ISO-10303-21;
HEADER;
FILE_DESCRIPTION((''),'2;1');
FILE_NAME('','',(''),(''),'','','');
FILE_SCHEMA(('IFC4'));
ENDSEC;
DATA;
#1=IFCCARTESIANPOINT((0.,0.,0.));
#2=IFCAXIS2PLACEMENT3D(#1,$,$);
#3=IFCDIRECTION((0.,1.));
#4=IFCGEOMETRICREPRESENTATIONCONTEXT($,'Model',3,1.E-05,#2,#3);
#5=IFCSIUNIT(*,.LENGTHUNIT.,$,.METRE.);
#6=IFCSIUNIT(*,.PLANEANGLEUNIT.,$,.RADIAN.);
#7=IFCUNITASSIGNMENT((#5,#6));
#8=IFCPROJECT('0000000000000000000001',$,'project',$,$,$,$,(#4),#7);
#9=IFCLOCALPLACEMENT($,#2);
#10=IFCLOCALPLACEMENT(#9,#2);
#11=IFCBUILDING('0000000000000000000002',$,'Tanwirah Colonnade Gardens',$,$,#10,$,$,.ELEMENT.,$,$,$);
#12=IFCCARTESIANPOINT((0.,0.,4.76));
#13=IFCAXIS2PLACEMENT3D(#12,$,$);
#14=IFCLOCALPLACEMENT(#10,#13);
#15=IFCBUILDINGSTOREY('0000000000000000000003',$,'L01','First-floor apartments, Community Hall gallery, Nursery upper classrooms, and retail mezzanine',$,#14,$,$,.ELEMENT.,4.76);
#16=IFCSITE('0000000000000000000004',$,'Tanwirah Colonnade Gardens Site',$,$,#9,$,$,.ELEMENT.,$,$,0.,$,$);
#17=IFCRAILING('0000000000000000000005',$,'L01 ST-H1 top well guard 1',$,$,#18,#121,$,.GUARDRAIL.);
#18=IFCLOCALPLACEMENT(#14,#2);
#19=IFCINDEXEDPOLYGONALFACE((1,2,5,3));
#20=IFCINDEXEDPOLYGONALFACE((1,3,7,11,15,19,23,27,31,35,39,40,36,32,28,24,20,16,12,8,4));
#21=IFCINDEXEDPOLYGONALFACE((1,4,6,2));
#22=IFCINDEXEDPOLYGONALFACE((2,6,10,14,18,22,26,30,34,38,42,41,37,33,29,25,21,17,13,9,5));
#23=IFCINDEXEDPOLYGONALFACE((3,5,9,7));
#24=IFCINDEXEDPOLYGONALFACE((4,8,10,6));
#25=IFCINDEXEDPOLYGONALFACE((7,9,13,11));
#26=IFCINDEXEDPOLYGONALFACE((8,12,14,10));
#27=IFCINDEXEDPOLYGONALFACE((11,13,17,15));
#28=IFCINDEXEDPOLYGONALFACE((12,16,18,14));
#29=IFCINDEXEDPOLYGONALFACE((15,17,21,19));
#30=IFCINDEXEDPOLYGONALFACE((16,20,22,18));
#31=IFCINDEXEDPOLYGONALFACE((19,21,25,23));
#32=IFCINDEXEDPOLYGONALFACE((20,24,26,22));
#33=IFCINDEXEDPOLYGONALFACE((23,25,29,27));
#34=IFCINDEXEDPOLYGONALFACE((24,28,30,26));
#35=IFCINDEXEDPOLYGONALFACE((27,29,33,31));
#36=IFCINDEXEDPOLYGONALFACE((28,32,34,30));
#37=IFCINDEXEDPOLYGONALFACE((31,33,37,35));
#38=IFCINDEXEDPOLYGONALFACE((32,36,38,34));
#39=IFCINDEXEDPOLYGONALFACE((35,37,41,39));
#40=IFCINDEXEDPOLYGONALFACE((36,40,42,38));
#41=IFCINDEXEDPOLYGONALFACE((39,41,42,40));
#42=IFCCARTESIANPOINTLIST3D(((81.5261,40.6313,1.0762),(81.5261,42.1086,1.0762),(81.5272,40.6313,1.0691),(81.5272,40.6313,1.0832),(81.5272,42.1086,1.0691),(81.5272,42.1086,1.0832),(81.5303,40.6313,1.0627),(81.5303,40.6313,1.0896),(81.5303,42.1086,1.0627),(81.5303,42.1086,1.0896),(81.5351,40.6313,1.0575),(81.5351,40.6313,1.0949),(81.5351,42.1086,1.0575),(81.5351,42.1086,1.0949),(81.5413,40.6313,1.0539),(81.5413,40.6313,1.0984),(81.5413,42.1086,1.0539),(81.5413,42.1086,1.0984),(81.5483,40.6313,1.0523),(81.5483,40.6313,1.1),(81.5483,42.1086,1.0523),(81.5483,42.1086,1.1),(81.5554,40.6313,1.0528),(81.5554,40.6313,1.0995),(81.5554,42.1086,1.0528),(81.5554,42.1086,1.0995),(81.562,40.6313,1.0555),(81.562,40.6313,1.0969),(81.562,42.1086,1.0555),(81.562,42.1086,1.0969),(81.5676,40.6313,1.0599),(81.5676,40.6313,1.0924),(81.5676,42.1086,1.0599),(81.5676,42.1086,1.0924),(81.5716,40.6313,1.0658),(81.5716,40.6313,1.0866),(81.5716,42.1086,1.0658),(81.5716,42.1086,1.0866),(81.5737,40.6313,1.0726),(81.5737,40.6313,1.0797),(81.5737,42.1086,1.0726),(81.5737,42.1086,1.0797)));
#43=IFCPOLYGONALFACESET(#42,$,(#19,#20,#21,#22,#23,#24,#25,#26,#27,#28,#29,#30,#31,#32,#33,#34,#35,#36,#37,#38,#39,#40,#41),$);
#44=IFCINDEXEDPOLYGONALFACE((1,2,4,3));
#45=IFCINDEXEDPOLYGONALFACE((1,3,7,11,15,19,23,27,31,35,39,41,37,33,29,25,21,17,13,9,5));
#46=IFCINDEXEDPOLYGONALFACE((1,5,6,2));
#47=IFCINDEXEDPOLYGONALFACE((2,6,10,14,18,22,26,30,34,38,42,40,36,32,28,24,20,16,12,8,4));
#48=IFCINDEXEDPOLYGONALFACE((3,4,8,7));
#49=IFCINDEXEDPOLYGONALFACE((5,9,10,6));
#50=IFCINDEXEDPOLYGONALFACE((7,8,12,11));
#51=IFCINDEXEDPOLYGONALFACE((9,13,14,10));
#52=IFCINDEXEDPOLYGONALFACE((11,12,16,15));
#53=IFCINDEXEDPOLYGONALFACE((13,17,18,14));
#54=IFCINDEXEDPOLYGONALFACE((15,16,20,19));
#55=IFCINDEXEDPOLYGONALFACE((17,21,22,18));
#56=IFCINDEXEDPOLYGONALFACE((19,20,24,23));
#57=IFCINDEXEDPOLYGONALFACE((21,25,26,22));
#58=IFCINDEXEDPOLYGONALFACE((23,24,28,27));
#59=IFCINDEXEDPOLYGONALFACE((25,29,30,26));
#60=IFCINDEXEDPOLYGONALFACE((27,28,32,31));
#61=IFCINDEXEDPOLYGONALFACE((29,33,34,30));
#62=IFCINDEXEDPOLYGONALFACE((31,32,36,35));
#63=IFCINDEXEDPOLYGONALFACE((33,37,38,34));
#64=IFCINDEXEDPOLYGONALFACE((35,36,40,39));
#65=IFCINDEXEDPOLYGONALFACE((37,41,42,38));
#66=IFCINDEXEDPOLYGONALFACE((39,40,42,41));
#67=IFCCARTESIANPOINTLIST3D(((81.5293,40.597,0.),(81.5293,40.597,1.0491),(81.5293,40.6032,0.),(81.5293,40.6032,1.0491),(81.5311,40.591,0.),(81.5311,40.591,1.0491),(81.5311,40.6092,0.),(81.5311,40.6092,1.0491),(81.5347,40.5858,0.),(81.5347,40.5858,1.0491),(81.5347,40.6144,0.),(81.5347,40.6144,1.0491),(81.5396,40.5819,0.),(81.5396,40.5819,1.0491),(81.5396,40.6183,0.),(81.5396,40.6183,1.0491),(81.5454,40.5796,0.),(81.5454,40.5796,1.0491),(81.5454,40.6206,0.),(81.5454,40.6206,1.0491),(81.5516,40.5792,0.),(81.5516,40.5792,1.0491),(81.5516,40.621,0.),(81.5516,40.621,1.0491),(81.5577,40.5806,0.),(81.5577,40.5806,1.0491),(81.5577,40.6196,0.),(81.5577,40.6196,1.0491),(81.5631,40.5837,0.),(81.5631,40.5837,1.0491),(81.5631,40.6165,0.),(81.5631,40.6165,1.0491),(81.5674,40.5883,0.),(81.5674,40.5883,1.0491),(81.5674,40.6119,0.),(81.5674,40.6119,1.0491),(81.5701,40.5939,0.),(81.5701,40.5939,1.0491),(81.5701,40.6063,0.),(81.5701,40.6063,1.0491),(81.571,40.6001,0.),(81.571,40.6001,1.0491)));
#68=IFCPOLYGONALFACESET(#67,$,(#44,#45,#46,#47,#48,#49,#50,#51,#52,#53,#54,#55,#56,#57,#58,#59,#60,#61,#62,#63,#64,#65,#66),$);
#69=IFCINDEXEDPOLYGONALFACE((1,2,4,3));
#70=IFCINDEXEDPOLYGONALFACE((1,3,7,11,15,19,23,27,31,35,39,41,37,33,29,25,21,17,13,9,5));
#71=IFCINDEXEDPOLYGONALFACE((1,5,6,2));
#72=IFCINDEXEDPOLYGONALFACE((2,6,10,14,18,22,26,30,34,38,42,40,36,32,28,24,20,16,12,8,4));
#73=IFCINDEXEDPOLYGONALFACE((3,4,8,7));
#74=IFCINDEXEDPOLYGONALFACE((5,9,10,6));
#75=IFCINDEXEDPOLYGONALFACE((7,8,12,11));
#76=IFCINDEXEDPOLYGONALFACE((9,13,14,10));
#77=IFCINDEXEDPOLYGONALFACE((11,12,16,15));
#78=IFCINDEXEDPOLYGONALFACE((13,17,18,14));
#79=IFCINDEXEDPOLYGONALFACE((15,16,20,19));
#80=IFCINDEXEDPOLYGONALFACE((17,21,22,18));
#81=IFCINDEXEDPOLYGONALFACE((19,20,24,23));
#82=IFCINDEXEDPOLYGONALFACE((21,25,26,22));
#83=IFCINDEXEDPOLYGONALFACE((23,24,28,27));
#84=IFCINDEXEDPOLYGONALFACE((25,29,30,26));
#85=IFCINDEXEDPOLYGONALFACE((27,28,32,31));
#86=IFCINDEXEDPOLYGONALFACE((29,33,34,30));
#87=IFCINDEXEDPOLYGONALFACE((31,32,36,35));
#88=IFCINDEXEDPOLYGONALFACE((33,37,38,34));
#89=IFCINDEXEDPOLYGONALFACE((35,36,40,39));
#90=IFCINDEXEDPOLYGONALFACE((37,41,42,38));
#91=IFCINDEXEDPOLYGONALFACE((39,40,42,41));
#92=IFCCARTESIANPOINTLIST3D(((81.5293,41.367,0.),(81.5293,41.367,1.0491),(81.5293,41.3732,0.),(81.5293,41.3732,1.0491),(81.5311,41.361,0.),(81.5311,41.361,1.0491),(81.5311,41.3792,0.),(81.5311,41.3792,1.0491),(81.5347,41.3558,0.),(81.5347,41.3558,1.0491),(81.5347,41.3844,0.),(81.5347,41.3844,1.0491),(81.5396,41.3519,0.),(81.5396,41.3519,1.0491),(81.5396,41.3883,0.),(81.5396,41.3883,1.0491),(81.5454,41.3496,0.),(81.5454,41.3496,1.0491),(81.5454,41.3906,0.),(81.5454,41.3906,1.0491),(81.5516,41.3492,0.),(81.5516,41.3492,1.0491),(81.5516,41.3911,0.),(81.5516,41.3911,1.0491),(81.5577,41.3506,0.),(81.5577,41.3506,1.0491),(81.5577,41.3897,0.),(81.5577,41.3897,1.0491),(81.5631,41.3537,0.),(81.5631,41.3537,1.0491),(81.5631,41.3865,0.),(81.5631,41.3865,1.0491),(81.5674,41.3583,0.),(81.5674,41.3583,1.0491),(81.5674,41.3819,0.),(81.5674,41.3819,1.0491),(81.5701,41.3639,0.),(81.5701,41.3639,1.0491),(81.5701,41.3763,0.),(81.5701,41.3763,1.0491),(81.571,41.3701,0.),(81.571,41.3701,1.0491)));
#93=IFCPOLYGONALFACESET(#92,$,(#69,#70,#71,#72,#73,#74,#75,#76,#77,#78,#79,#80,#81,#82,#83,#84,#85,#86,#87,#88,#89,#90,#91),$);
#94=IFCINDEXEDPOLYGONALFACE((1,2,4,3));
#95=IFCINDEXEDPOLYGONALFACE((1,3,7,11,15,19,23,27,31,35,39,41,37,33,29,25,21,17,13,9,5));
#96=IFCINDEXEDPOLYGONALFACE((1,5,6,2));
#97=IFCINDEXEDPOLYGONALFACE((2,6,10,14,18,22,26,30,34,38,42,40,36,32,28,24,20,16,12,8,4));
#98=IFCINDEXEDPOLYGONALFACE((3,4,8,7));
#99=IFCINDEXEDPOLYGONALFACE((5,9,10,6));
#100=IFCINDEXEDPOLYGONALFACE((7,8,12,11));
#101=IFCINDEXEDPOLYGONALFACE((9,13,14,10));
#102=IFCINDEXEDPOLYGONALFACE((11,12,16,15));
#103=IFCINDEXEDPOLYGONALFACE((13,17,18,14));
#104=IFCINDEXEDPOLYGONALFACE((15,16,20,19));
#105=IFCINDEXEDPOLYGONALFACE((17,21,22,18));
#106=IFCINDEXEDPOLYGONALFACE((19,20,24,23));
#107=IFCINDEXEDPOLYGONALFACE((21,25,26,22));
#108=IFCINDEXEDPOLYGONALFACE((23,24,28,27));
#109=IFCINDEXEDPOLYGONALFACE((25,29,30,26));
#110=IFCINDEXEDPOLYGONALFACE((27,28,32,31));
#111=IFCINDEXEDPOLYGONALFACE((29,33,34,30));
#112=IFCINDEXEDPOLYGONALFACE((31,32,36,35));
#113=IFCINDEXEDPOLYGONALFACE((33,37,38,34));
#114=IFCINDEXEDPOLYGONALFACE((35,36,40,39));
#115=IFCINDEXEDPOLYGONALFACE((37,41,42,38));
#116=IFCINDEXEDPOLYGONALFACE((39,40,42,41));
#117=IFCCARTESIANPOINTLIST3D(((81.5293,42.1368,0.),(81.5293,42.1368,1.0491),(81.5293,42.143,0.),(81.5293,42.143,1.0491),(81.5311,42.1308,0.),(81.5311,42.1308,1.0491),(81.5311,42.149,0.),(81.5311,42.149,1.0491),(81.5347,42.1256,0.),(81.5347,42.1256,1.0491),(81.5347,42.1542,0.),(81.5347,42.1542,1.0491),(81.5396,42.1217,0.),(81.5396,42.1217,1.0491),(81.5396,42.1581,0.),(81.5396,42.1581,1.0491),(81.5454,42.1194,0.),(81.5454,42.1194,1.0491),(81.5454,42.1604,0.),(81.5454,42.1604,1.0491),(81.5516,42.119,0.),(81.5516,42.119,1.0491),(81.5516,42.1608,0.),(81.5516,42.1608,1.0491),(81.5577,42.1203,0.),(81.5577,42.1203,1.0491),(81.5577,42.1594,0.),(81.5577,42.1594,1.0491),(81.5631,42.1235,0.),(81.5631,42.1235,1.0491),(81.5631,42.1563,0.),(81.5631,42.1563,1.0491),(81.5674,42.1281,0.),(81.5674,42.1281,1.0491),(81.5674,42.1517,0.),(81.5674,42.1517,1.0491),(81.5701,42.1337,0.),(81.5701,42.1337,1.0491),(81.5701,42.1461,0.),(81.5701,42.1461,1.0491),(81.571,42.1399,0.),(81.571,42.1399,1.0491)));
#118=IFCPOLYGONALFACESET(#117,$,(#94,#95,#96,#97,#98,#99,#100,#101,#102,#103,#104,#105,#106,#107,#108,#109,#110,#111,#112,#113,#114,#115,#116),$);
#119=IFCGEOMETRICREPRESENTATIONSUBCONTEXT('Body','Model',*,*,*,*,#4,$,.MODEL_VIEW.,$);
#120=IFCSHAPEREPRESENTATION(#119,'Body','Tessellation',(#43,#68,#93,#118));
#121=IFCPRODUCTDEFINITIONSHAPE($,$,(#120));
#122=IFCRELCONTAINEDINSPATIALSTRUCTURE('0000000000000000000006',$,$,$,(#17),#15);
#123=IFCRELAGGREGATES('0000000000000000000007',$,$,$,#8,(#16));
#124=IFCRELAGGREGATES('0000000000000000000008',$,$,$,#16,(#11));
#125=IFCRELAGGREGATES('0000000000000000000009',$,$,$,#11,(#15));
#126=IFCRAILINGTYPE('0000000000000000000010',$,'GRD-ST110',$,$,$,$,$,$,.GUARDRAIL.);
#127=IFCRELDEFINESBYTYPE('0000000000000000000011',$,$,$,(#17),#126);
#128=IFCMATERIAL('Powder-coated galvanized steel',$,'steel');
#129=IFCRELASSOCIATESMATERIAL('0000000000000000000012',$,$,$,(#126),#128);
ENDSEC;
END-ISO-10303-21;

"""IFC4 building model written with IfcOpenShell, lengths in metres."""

from ifc_helpers import new_model, si_unit, direction, frame, origin, origin_2d, place, context, subcontext, project, spatial, circle, extrude, material, type_object, element, save


model = new_model("IFC4")

# Units and contexts
model_context = context("Model", 3, precision=1e-05, world=origin(), true_north=direction((0.0, 1.0)))
body_context = subcontext(model_context, "Body", "Model", "MODEL_VIEW")
ifc_project = project(units=[si_unit("LENGTHUNIT", "METRE"), si_unit("PLANEANGLEUNIT", "RADIAN")], contexts=[model_context])

# Site, building, storey
site_placement = place(None, origin())
site = spatial("IfcSite", under=ifc_project, at=site_placement, Name="Tanwirah Colonnade Gardens Site", CompositionType="ELEMENT", RefElevation=0.0)
building_placement = place(site_placement, origin())
building = spatial("IfcBuilding", under=site, at=building_placement, Name="Tanwirah Colonnade Gardens", CompositionType="ELEMENT")
storey_placement = place(building_placement, frame((0.0, 0.0, 4.76)))
storey = spatial("IfcBuildingStorey", under=building, at=storey_placement, Name="L01", Description="First-floor apartments, Community Hall gallery, Nursery upper classrooms, and retail mezzanine", CompositionType="ELEMENT", Elevation=4.76)

# Railing
ifc_material_1 = material(Name="Powder-coated galvanized steel", Category="steel")
railing_type_1 = type_object("IfcRailingType", Name="GRD-ST110", PredefinedType="GUARDRAIL", material=ifc_material_1)
railing_placement = place(storey_placement, frame((81.55, 40.6001, 0.0)))
element("IfcRailing", 1, at=railing_placement, inside=storey, type_object=railing_type_1, Name="L01 ST-H1 top well guard 1", PredefinedType="GUARDRAIL", context=body_context, shape_type="SweptSolid", body=[
    extrude(circle(Radius=0.0239, at=origin_2d()), frame((0.0, 0.0312, 1.0762), z_axis=(0.0, 1.0, 0.0), x_axis=(-1.0, 0.0, 0.0)), (0.0, 0.0, 1.0), 1.4773),
    extrude(circle(Radius=0.021, at=origin_2d()), origin(), (0.0, 0.0, 1.0), 1.0491),
    extrude(circle(Radius=0.021, at=origin_2d()), frame((0.0, 0.77, 0.0)), (0.0, 0.0, 1.0), 1.0491),
    extrude(circle(Radius=0.021, at=origin_2d()), frame((0.0, 1.5398, 0.0)), (0.0, 0.0, 1.0), 1.0491),
])

save(model, "model.ifc")
